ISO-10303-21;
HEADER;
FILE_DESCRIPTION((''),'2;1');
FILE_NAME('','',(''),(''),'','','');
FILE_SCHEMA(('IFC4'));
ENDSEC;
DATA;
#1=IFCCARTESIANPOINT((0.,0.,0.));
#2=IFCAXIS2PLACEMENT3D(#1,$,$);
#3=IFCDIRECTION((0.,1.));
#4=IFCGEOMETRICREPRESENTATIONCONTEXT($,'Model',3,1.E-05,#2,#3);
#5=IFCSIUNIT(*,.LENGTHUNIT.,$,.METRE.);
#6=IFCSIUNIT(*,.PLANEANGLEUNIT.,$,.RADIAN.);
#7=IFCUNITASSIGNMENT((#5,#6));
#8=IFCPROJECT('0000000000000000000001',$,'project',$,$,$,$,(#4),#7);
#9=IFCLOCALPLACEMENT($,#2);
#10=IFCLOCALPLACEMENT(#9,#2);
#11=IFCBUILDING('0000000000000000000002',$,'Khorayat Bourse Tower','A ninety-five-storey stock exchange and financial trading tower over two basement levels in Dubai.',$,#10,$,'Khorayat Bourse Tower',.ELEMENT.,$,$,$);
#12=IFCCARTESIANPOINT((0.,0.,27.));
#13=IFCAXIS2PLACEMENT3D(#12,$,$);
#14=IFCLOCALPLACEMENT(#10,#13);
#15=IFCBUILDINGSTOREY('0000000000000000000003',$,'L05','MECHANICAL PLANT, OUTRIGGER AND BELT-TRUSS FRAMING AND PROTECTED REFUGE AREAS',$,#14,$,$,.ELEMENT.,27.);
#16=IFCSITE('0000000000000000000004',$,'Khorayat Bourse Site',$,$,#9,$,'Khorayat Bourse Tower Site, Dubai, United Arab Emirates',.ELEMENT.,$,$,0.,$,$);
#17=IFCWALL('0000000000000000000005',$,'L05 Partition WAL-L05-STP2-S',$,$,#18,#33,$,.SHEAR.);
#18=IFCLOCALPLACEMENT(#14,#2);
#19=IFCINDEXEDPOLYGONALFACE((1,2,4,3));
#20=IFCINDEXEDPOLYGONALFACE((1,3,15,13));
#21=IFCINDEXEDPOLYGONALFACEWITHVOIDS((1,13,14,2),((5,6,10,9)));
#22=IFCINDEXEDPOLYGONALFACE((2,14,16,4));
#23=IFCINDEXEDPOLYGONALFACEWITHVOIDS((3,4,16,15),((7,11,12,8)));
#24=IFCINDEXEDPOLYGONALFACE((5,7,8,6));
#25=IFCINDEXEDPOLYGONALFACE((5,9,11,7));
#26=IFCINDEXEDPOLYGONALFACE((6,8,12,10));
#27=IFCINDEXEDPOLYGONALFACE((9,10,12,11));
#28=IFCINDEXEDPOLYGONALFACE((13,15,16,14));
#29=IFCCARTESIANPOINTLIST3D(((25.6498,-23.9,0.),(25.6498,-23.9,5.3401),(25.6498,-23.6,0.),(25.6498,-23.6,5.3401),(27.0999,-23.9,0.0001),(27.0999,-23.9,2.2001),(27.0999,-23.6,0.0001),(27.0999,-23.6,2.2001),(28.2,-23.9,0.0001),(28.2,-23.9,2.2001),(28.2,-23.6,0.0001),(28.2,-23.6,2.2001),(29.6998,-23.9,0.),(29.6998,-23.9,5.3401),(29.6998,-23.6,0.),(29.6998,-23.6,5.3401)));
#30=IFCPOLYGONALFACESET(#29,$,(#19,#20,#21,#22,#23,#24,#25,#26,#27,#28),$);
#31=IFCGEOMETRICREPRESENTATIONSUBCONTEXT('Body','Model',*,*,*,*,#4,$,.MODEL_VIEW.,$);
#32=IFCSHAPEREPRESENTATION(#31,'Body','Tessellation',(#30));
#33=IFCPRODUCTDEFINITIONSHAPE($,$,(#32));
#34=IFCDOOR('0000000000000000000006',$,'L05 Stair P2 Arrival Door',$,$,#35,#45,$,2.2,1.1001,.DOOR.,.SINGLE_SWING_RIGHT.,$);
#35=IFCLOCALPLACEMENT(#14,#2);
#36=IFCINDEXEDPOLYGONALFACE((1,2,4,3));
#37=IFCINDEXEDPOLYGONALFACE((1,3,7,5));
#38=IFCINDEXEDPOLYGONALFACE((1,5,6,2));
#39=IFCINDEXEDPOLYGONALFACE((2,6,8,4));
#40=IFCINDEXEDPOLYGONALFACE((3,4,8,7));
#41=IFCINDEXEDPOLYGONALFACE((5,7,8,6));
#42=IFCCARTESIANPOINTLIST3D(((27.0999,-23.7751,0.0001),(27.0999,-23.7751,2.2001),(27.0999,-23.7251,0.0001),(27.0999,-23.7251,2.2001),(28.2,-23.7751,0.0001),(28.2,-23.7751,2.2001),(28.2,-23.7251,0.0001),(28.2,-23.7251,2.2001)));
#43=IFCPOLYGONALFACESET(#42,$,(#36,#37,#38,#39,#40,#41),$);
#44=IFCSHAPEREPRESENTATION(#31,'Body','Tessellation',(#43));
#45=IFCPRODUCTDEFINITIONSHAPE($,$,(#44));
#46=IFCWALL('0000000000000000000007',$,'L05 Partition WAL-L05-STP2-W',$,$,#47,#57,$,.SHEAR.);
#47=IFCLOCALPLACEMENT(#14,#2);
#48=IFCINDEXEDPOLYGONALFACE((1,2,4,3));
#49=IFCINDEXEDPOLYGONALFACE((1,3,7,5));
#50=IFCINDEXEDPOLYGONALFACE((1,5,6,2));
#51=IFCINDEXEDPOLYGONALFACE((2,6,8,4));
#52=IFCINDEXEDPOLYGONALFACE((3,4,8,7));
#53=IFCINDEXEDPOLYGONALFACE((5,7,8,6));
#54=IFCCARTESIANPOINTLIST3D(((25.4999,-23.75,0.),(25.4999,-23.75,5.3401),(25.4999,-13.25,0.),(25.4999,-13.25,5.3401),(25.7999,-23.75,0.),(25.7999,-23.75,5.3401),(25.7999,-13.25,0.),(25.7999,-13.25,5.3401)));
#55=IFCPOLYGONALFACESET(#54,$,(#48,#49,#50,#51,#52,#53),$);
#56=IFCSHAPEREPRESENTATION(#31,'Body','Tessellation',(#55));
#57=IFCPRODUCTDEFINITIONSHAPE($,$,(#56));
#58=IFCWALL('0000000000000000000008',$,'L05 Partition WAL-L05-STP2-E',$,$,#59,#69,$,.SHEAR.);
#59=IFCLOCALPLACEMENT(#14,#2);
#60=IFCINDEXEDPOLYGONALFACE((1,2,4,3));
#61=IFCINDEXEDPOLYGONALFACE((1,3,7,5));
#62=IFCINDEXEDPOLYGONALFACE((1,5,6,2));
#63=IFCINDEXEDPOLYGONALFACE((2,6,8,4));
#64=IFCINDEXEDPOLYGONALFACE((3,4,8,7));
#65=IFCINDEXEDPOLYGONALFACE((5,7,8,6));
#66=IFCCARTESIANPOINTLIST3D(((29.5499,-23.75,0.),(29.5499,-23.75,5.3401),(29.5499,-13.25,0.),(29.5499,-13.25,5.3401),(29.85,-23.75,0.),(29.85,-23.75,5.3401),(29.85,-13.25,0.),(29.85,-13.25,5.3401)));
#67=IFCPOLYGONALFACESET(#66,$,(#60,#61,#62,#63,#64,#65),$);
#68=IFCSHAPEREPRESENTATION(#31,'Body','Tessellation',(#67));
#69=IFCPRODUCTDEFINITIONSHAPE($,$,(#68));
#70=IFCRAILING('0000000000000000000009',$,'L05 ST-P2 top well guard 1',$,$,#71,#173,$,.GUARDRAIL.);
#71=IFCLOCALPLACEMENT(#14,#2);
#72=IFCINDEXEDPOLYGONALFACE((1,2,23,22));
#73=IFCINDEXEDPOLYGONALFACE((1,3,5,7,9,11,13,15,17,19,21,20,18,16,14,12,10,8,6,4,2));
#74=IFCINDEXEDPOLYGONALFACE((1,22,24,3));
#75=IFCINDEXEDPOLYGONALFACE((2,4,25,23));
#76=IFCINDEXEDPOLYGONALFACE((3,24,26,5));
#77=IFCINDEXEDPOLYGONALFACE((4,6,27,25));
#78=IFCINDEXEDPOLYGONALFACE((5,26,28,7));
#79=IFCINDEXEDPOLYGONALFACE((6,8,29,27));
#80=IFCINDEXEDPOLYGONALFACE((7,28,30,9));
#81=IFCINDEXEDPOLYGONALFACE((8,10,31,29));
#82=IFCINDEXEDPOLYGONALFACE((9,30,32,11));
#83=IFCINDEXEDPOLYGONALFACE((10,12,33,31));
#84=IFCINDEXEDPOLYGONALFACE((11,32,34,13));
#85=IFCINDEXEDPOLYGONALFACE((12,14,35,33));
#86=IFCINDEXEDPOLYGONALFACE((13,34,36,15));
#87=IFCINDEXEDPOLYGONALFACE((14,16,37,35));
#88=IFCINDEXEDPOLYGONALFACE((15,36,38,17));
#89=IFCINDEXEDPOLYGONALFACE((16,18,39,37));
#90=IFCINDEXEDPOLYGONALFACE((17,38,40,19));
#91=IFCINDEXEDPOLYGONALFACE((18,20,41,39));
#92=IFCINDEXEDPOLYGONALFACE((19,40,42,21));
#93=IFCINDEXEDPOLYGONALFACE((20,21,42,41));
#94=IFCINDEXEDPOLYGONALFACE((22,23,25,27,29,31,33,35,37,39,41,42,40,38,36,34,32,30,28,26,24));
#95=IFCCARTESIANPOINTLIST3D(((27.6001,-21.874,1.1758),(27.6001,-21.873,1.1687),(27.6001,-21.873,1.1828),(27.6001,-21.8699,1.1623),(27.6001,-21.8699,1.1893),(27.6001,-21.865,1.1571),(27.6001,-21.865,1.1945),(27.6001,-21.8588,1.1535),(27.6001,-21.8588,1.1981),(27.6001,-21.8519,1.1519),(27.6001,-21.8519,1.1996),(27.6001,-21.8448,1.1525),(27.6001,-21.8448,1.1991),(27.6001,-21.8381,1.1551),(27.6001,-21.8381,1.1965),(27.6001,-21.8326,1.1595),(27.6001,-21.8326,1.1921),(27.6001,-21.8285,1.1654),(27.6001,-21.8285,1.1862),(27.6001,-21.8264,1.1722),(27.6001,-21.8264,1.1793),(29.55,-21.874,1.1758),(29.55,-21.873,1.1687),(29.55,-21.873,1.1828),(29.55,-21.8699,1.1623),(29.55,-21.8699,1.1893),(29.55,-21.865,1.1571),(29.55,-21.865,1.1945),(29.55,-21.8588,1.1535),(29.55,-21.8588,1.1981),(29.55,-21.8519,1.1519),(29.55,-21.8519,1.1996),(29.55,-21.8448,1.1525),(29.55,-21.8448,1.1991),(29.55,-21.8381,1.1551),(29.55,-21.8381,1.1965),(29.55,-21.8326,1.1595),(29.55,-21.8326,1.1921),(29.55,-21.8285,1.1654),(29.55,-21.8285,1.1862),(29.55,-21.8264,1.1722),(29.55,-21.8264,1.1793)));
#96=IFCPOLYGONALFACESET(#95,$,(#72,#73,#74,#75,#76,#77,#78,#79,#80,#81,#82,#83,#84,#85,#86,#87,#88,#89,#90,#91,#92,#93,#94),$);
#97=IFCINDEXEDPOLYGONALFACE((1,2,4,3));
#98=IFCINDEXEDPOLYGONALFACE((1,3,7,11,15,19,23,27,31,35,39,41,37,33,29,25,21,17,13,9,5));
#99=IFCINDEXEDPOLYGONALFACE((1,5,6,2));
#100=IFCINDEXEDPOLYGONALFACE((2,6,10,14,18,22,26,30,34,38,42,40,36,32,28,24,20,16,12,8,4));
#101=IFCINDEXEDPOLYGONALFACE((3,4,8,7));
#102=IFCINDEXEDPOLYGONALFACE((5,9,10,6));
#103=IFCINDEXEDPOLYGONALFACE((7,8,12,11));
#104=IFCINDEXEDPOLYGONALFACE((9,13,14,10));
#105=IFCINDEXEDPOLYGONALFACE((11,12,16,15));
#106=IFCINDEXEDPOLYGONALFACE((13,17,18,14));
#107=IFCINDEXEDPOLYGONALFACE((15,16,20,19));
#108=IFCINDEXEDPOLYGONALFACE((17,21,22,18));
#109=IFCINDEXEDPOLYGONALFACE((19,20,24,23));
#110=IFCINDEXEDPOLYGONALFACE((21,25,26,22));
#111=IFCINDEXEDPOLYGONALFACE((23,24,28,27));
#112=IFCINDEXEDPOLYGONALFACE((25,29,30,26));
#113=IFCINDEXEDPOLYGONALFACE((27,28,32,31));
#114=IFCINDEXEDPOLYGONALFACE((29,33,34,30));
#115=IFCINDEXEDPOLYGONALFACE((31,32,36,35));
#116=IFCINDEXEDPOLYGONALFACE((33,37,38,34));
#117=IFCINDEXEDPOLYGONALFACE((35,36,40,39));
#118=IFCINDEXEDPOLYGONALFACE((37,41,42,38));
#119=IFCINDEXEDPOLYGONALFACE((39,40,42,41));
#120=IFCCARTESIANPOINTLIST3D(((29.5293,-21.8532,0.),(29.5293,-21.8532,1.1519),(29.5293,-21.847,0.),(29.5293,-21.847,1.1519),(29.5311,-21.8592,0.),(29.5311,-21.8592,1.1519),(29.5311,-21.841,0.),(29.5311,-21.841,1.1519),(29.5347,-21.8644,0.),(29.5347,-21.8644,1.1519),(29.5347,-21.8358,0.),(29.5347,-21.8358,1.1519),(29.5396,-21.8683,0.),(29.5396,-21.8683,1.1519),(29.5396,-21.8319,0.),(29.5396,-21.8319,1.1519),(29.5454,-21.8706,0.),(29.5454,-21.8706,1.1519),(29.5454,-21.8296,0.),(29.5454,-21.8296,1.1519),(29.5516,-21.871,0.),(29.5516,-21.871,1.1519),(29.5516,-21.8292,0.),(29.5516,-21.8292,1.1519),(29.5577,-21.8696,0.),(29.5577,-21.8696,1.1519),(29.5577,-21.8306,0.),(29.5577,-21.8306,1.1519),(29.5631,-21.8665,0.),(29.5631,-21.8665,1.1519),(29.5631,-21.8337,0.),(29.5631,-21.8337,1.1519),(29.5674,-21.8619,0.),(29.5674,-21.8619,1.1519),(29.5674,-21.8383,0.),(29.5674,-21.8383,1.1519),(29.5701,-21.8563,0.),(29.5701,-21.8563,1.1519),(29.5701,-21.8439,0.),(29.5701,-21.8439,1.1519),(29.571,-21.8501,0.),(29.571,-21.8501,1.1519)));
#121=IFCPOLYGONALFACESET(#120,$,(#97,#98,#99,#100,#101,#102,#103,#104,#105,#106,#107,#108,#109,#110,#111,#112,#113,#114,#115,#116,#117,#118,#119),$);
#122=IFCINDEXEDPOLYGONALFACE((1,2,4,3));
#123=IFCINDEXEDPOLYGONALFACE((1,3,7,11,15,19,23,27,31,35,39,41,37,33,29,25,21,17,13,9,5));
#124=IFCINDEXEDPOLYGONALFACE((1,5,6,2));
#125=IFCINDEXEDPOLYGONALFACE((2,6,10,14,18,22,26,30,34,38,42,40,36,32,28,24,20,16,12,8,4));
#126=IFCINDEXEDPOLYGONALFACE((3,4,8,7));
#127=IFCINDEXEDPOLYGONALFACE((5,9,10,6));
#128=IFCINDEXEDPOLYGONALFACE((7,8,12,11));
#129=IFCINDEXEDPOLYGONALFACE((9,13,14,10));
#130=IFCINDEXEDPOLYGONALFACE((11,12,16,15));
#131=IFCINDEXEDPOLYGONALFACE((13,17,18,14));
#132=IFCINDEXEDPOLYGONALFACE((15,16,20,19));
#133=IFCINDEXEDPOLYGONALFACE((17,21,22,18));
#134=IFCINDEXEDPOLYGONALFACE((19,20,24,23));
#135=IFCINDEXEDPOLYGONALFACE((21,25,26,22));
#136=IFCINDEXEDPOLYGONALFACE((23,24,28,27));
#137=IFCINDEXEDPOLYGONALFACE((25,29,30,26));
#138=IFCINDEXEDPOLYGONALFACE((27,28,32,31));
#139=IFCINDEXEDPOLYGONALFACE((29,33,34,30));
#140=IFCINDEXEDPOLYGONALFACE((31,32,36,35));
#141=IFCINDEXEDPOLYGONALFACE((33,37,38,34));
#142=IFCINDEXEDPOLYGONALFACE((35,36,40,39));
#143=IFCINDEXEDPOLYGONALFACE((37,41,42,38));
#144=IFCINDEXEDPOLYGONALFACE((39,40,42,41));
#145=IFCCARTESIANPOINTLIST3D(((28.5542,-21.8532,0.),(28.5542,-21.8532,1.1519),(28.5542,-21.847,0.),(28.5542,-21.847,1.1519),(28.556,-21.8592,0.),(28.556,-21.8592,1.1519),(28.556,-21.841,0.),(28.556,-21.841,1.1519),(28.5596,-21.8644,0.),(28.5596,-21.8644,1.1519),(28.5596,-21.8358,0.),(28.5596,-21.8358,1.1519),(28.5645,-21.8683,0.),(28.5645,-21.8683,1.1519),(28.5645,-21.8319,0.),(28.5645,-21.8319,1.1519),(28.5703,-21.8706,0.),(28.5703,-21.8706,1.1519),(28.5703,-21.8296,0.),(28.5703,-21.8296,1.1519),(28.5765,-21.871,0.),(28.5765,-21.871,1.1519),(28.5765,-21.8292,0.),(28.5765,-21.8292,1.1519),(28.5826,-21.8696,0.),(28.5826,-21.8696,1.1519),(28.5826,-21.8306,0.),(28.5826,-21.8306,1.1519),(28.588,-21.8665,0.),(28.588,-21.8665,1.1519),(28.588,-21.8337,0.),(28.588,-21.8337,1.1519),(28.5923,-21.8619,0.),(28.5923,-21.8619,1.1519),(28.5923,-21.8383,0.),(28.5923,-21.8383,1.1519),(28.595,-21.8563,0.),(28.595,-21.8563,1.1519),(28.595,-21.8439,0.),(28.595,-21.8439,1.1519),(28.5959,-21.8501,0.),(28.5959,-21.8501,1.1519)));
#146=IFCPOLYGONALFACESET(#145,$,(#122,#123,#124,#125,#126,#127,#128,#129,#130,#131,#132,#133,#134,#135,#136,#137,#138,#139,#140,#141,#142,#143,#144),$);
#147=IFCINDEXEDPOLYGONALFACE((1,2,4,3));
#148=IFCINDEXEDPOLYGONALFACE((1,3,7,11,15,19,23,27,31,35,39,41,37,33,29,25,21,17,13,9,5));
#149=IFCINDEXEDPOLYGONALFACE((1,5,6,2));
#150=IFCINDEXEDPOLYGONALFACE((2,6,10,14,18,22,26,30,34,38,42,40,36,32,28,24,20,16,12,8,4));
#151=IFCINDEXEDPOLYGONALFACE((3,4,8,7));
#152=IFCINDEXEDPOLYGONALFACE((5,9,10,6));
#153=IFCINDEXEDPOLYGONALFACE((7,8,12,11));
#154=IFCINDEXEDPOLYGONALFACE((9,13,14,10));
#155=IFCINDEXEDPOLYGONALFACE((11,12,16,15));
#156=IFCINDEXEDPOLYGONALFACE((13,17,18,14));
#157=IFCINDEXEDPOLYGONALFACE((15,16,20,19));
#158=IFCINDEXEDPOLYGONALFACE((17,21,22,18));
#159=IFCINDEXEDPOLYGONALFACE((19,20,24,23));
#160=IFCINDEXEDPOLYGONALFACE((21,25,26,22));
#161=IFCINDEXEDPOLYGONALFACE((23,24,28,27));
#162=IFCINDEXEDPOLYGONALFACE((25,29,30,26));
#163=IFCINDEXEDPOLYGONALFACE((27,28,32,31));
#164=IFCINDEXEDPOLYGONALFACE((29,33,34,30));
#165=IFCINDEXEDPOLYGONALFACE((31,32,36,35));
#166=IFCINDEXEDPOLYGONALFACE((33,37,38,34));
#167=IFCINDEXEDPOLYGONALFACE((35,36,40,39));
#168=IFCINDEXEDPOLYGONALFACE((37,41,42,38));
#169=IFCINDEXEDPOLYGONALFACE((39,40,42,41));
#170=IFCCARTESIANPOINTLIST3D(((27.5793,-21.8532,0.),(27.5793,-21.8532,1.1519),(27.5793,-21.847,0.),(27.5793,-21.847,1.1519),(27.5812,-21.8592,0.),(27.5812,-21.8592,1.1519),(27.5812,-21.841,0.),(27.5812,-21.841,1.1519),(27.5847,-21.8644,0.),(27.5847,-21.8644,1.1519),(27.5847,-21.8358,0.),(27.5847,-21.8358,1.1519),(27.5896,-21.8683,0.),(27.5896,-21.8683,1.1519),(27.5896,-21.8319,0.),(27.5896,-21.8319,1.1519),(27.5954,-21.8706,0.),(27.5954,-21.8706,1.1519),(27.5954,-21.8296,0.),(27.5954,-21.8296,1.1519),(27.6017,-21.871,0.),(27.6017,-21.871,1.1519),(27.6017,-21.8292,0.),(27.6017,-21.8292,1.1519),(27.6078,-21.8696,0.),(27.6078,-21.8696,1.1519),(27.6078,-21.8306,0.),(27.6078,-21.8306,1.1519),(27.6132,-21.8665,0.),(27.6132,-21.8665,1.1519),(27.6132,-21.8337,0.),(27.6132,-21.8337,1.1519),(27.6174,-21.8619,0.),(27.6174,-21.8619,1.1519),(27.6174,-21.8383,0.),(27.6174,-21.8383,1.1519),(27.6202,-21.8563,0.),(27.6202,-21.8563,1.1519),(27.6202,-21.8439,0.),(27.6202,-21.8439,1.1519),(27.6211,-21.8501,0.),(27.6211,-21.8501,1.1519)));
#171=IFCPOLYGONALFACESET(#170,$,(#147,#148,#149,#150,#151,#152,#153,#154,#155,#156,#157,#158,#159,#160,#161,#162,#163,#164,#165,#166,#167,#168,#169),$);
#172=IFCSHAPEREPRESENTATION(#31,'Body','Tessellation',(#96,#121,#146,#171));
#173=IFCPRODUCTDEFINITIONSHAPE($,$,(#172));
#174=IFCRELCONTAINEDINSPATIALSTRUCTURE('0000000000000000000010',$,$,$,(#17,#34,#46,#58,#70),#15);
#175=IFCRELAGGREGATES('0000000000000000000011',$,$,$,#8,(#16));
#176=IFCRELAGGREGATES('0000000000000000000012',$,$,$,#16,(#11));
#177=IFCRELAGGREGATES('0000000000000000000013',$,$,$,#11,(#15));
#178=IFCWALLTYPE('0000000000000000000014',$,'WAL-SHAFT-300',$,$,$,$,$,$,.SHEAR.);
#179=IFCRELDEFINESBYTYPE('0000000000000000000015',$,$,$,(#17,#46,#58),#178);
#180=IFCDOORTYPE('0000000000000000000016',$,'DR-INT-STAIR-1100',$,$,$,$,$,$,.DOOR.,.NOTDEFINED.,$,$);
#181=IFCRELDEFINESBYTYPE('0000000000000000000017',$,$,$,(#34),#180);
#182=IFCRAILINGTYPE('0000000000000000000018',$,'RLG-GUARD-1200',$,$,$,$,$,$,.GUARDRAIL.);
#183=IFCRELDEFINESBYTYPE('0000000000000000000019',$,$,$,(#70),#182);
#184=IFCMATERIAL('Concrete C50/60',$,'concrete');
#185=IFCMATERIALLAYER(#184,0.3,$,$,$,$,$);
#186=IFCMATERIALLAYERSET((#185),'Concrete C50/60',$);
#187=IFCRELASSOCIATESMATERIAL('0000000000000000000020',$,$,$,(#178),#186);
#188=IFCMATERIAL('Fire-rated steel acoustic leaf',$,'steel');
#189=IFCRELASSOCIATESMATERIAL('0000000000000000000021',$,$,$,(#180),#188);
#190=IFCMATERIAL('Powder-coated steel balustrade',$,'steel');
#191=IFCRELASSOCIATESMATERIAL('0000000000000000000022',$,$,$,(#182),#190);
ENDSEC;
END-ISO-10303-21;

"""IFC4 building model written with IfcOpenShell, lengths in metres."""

from ifc_helpers import new_model, si_unit, direction, frame, frame_2d, origin, origin_2d, place, context, subcontext, project, spatial, rectangle, circle, extrude, source, transform, mapped, material, layer, layer_set, type_object, element, fill, save


model = new_model("IFC4")

# Units and contexts
model_context = context("Model", 3, precision=1e-05, world=origin(), true_north=direction((0.0, 1.0)))
body_context = subcontext(model_context, "Body", "Model", "MODEL_VIEW")
ifc_project = project(units=[si_unit("LENGTHUNIT", "METRE"), si_unit("PLANEANGLEUNIT", "RADIAN")], contexts=[model_context])

# Site, building, storey
site_placement = place(None, origin())
site = spatial("IfcSite", under=ifc_project, at=site_placement, Name="Khorayat Bourse Site", LongName="Khorayat Bourse Tower Site, Dubai, United Arab Emirates", CompositionType="ELEMENT", RefElevation=0.0)
building_placement = place(site_placement, origin())
building = spatial("IfcBuilding", under=site, at=building_placement, Name="Khorayat Bourse Tower", Description="A ninety-five-storey stock exchange and financial trading tower over two basement levels in Dubai.", LongName="Khorayat Bourse Tower", CompositionType="ELEMENT")
storey_placement = place(building_placement, frame((0.0, 0.0, 27.0)))
storey = spatial("IfcBuildingStorey", under=building, at=storey_placement, Name="L05", Description="MECHANICAL PLANT, OUTRIGGER AND BELT-TRUSS FRAMING AND PROTECTED REFUGE AREAS", CompositionType="ELEMENT", Elevation=27.0)

# Wall, opening, door
ifc_material_1 = material(Name="Concrete C50/60", Category="concrete")
ifc_layer_1 = layer(ifc_material_1, 0.3)
ifc_layer_set_1 = layer_set([ifc_layer_1], Name="Concrete C50/60")
wall_type_1 = type_object("IfcWallType", Name="WAL-SHAFT-300", PredefinedType="SHEAR", material=ifc_layer_set_1)
shared_shape_1 = source(origin(), body_context, "Body", "SweptSolid", [
    extrude(rectangle(XDim=4.05, YDim=0.3, at=frame_2d((2.0249, 0.0))), origin(), (0.0, 0.0, 1.0), 5.3401),
])
wall_1_placement = place(storey_placement, frame((25.6499, -23.75, 0.0), z_axis=(0.0, 0.0, 1.0), x_axis=(1.0, 0.0, 0.0)))
wall_1 = element("IfcWall", 1, at=wall_1_placement, inside=storey, type_object=wall_type_1, Name="L05 Partition WAL-L05-STP2-S", PredefinedType="SHEAR", context=body_context, shape_type="MappedRepresentation", body=[
    mapped(shared_shape_1, transform((0.0, 0.0, 0.0), scale=1.0)),
])
shared_shape_2 = source(origin(), body_context, "Body", "SweptSolid", [
    extrude(rectangle(XDim=1.1001, YDim=2.2, at=frame_2d((0.55, 1.1001))), frame((0.0, 0.1599, 0.0), z_axis=(0.0, -1.0, 0.0), x_axis=(1.0, 0.0, 0.0)), (0.0, 0.0, 1.0), 0.3201),
])
opening_1_placement = place(wall_1_placement, frame((1.45, 0.0, 0.0)))
opening_1 = element("IfcOpeningElement", 2, at=opening_1_placement, cuts=wall_1, PredefinedType="OPENING", context=body_context, shape_type="MappedRepresentation", body=[
    mapped(shared_shape_2, transform((0.0, 0.0, 0.0), scale=1.0)),
])
ifc_material_2 = material(Name="Fire-rated steel acoustic leaf", Category="steel")
door_type_1 = type_object("IfcDoorType", Name="DR-INT-STAIR-1100", OperationType="NOTDEFINED", PredefinedType="DOOR", material=ifc_material_2)
shared_shape_3 = source(origin(), body_context, "Body", "SweptSolid", [
    extrude(rectangle(XDim=1.1001, YDim=2.2, at=frame_2d((0.55, 1.1001))), frame((0.0, 0.0249, 0.0), z_axis=(0.0, -1.0, 0.0), x_axis=(1.0, 0.0, 0.0)), (0.0, 0.0, 1.0), 0.05),
])
door_1_placement = place(opening_1_placement, origin())
door_1 = element("IfcDoor", 3, at=door_1_placement, inside=storey, type_object=door_type_1, Name="L05 Stair P2 Arrival Door", OperationType="SINGLE_SWING_RIGHT", OverallHeight=2.2, OverallWidth=1.1001, PredefinedType="DOOR", context=body_context, shape_type="MappedRepresentation", body=[
    mapped(shared_shape_3, transform((0.0, 0.0, 0.0), scale=1.0)),
])
fill(opening_1, door_1)

# Walls
shared_shape_4 = source(origin(), body_context, "Body", "SweptSolid", [
    extrude(rectangle(XDim=10.5, YDim=0.3, at=frame_2d((5.25, 0.0))), origin(), (0.0, 0.0, 1.0), 5.3401),
])
for number, where, z_axis, x_axis, name in (
    (4, (25.6499, -23.75, 0.0), (0.0, 0.0, 1.0), (0.0, 1.0, 0.0), "L05 Partition WAL-L05-STP2-W"),
    (5, (29.7, -23.75, 0.0), (0.0, 0.0, 1.0), (0.0, 1.0, 0.0), "L05 Partition WAL-L05-STP2-E"),
):
    element("IfcWall", number, at=place(storey_placement, frame(where, z_axis=z_axis, x_axis=x_axis)), inside=storey, type_object=wall_type_1, Name=name, PredefinedType="SHEAR", context=body_context, shape_type="MappedRepresentation", body=[
        mapped(shared_shape_4, transform((0.0, 0.0, 0.0), scale=1.0)),
    ])

# Railing
ifc_material_3 = material(Name="Powder-coated steel balustrade", Category="steel")
railing_type = type_object("IfcRailingType", Name="RLG-GUARD-1200", PredefinedType="GUARDRAIL", material=ifc_material_3)
shared_shape_5 = source(origin(), body_context, "Body", "SweptSolid", [
    extrude(circle(Radius=0.0239, at=origin_2d()), frame((0.0, 0.0, 1.1758), z_axis=(-1.0, 0.0, 0.0), x_axis=(0.0, -1.0, 0.0)), (0.0, 0.0, 1.0), 1.95),
    extrude(circle(Radius=0.021, at=origin_2d()), origin(), (0.0, 0.0, 1.0), 1.1519),
    extrude(circle(Radius=0.021, at=origin_2d()), frame((-0.9751, 0.0, 0.0)), (0.0, 0.0, 1.0), 1.1519),
    extrude(circle(Radius=0.021, at=origin_2d()), frame((-1.95, 0.0, 0.0)), (0.0, 0.0, 1.0), 1.1519),
])
railing_placement = place(storey_placement, frame((29.55, -21.8501, 0.0)))
element("IfcRailing", 6, at=railing_placement, inside=storey, type_object=railing_type, Name="L05 ST-P2 top well guard 1", PredefinedType="GUARDRAIL", context=body_context, shape_type="MappedRepresentation", body=[
    mapped(shared_shape_5, transform((0.0, 0.0, 0.0), scale=1.0)),
])

save(model, "model.ifc")
